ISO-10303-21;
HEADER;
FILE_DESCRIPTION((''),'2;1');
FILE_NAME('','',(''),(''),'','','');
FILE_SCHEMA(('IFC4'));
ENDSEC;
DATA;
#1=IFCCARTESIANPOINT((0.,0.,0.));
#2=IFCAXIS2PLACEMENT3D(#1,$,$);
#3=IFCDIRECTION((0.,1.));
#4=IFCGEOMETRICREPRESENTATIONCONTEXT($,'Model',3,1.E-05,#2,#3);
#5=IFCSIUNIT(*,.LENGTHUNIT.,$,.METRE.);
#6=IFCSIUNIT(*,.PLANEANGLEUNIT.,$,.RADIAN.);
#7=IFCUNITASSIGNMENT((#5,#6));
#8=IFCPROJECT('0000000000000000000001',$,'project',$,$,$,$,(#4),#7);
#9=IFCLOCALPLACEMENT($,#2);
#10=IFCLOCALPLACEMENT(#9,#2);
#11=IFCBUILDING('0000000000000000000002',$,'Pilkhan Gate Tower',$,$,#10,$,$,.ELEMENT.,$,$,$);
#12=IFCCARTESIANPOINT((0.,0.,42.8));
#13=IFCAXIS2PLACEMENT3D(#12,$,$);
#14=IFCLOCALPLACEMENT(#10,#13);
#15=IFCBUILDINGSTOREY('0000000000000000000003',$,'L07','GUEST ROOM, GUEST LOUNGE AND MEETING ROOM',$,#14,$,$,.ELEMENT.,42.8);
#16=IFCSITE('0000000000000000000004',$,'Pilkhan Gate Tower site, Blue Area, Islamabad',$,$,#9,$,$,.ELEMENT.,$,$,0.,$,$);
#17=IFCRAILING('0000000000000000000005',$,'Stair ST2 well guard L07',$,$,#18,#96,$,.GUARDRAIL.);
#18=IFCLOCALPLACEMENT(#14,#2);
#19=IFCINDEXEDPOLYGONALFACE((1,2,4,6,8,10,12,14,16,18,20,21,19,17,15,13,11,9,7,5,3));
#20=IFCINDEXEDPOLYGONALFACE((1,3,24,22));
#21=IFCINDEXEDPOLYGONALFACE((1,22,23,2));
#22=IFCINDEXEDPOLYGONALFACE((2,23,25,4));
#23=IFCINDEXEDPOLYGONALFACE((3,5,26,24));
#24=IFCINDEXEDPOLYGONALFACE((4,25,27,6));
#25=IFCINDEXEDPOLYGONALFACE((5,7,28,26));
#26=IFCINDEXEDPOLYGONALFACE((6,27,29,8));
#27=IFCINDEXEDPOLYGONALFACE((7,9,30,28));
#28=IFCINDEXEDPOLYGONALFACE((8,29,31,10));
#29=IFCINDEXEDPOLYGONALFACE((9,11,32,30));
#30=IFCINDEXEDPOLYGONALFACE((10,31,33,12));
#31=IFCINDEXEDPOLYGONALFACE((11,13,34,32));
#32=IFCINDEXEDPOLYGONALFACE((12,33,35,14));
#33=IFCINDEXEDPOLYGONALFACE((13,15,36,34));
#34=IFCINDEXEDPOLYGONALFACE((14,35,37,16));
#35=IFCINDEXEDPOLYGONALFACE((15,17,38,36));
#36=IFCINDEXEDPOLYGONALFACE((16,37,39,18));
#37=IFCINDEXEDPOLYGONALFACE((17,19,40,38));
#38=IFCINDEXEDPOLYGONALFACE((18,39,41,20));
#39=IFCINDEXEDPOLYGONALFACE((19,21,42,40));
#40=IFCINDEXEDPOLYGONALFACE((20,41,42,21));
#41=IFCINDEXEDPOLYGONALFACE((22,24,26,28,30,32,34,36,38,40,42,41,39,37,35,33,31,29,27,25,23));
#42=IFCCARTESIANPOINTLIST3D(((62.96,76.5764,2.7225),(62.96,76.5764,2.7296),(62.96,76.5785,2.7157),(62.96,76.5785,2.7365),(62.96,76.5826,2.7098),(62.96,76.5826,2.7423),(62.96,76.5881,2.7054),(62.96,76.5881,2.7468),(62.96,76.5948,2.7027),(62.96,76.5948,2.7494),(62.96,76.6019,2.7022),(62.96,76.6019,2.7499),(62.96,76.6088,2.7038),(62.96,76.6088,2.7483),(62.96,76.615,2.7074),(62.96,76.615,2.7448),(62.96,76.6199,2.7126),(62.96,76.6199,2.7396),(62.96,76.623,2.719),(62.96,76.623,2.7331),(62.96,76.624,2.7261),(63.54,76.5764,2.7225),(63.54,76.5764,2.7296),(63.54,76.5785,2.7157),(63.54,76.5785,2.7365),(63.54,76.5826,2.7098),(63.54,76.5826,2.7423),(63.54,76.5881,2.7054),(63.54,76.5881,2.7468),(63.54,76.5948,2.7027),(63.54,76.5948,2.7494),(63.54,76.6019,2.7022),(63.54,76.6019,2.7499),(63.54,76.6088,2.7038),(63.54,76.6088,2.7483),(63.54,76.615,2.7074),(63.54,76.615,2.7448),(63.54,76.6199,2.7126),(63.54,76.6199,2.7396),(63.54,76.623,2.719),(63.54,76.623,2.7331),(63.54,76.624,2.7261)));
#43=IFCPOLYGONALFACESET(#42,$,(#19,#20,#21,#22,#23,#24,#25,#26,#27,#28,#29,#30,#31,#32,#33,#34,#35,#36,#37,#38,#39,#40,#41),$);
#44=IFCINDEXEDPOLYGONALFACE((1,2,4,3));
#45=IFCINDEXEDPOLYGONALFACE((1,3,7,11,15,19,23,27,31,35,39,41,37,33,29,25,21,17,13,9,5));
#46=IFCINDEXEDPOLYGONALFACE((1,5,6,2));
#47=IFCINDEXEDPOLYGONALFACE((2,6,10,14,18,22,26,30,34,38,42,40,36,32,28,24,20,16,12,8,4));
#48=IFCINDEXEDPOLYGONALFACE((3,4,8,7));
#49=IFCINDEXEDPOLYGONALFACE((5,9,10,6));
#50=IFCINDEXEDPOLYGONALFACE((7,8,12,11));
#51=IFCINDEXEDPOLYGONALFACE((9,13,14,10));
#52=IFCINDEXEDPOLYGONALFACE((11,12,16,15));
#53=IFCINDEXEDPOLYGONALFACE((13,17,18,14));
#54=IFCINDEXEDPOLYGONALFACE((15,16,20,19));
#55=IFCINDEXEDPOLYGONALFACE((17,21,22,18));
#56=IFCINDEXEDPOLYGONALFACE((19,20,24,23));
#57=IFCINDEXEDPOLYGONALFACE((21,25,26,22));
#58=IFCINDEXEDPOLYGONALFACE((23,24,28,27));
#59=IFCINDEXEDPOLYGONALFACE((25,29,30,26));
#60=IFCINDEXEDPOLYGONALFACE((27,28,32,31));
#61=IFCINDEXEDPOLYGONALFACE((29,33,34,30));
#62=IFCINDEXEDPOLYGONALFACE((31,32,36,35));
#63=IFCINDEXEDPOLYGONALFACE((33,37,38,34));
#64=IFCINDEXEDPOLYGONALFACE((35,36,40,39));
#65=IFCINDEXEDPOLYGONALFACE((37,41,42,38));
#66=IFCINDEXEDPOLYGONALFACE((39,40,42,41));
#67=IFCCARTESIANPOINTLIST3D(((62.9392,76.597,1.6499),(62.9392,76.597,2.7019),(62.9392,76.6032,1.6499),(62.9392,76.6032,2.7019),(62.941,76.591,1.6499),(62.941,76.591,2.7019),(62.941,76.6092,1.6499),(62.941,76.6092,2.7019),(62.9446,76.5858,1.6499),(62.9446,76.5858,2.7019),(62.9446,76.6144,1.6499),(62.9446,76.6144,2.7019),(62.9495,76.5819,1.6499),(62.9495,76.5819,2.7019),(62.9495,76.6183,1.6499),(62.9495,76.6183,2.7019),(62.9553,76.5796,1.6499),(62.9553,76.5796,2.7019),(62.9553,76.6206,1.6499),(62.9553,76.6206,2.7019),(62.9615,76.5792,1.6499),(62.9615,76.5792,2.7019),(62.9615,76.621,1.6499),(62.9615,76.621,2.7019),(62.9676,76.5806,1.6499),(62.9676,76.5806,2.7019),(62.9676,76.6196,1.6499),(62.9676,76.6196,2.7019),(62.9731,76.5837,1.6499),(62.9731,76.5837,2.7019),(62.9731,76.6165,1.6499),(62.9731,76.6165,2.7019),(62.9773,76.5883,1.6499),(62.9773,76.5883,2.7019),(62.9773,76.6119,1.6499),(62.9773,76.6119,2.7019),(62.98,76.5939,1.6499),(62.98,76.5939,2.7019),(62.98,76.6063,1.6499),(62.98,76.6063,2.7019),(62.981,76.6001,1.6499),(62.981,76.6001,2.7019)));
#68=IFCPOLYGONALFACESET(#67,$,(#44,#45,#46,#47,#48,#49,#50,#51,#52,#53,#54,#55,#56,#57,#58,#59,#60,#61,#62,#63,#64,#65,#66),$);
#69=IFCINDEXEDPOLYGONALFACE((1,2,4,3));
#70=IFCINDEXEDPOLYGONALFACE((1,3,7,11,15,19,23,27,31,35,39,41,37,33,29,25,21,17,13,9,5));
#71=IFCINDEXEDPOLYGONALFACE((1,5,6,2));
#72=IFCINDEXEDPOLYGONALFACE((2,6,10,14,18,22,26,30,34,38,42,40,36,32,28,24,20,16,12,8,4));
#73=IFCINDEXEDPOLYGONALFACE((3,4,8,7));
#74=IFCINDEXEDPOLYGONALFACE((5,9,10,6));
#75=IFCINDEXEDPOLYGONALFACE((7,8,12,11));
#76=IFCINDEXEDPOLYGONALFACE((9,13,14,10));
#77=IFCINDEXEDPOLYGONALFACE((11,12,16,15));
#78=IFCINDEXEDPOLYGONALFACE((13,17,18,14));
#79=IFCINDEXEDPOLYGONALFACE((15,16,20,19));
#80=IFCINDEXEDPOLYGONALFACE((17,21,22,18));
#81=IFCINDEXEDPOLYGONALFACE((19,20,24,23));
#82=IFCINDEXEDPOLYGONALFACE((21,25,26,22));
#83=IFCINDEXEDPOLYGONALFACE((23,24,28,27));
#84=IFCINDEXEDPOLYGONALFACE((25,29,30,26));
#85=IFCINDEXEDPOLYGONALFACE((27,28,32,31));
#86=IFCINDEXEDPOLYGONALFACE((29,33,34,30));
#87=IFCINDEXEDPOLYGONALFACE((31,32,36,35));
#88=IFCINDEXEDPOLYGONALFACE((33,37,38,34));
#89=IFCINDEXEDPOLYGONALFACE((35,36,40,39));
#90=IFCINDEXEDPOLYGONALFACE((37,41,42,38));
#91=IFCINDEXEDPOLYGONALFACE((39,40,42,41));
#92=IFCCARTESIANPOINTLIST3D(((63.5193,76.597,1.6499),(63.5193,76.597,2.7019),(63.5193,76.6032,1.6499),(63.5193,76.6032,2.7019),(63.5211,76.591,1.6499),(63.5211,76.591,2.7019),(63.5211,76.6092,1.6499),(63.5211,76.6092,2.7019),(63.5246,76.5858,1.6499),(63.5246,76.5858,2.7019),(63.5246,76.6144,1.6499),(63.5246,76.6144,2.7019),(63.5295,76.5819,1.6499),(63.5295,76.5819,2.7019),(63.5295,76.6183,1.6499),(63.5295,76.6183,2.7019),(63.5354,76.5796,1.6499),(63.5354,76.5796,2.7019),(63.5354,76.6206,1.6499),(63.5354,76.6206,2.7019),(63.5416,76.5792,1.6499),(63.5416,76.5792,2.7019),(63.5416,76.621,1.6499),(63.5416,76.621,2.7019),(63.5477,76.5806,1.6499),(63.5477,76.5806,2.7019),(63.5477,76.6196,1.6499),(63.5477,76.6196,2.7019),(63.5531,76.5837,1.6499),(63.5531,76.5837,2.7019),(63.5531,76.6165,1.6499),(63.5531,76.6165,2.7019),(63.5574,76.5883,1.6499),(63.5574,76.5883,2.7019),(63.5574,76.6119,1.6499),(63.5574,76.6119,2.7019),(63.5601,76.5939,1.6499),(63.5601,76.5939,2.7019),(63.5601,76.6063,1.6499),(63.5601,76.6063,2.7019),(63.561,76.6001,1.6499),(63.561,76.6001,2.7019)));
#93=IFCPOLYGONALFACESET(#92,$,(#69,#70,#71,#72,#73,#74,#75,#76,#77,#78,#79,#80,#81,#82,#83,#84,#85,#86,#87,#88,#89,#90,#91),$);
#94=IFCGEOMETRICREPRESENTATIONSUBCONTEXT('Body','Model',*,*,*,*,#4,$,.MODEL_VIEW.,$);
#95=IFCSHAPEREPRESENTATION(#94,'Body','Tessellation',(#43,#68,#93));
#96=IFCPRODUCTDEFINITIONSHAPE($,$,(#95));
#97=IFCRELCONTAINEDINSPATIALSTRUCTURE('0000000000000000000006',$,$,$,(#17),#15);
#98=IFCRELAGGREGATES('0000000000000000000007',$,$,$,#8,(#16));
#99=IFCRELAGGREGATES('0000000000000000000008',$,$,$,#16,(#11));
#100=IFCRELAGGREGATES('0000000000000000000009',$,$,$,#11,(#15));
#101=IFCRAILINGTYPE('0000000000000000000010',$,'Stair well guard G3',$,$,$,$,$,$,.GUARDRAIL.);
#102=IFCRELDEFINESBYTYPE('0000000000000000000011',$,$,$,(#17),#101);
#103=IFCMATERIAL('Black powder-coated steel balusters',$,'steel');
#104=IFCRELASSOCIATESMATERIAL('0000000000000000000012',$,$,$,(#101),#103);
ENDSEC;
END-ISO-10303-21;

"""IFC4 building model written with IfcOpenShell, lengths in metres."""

from ifc_helpers import new_model, si_unit, direction, frame, origin, origin_2d, place, context, subcontext, project, spatial, circle, extrude, material, type_object, element, save


model = new_model("IFC4")

# Units and contexts
model_context = context("Model", 3, precision=1e-05, world=origin(), true_north=direction((0.0, 1.0)))
body_context = subcontext(model_context, "Body", "Model", "MODEL_VIEW")
ifc_project = project(units=[si_unit("LENGTHUNIT", "METRE"), si_unit("PLANEANGLEUNIT", "RADIAN")], contexts=[model_context])

# Site, building, storey
site_placement = place(None, origin())
site = spatial("IfcSite", under=ifc_project, at=site_placement, Name="Pilkhan Gate Tower site, Blue Area, Islamabad", CompositionType="ELEMENT", RefElevation=0.0)
building_placement = place(site_placement, origin())
building = spatial("IfcBuilding", under=site, at=building_placement, Name="Pilkhan Gate Tower", CompositionType="ELEMENT")
storey_placement = place(building_placement, frame((0.0, 0.0, 42.8)))
storey = spatial("IfcBuildingStorey", under=building, at=storey_placement, Name="L07", Description="GUEST ROOM, GUEST LOUNGE AND MEETING ROOM", CompositionType="ELEMENT", Elevation=42.8)

# Railing
ifc_material_1 = material(Name="Black powder-coated steel balusters", Category="steel")
railing_type_1 = type_object("IfcRailingType", Name="Stair well guard G3", PredefinedType="GUARDRAIL", material=ifc_material_1)
for number, where, name in (
    (1, (62.96, 76.6001, 1.6499), "Stair ST2 well guard L07"),
):
    element("IfcRailing", number, at=place(storey_placement, frame(where)), inside=storey, type_object=railing_type_1, Name=name, PredefinedType="GUARDRAIL", context=body_context, shape_type="SweptSolid", body=[
        extrude(circle(Radius=0.0239, at=origin_2d()), frame((0.0, 0.0, 1.0762), z_axis=(1.0, 0.0, 0.0), x_axis=(0.0, 1.0, 0.0)), (0.0, 0.0, 1.0), 0.5801),
        extrude(circle(Radius=0.021, at=origin_2d()), origin(), (0.0, 0.0, 1.0), 1.052),
        extrude(circle(Radius=0.021, at=origin_2d()), frame((0.5801, 0.0, 0.0)), (0.0, 0.0, 1.0), 1.052),
    ])

save(model, "model.ifc")
